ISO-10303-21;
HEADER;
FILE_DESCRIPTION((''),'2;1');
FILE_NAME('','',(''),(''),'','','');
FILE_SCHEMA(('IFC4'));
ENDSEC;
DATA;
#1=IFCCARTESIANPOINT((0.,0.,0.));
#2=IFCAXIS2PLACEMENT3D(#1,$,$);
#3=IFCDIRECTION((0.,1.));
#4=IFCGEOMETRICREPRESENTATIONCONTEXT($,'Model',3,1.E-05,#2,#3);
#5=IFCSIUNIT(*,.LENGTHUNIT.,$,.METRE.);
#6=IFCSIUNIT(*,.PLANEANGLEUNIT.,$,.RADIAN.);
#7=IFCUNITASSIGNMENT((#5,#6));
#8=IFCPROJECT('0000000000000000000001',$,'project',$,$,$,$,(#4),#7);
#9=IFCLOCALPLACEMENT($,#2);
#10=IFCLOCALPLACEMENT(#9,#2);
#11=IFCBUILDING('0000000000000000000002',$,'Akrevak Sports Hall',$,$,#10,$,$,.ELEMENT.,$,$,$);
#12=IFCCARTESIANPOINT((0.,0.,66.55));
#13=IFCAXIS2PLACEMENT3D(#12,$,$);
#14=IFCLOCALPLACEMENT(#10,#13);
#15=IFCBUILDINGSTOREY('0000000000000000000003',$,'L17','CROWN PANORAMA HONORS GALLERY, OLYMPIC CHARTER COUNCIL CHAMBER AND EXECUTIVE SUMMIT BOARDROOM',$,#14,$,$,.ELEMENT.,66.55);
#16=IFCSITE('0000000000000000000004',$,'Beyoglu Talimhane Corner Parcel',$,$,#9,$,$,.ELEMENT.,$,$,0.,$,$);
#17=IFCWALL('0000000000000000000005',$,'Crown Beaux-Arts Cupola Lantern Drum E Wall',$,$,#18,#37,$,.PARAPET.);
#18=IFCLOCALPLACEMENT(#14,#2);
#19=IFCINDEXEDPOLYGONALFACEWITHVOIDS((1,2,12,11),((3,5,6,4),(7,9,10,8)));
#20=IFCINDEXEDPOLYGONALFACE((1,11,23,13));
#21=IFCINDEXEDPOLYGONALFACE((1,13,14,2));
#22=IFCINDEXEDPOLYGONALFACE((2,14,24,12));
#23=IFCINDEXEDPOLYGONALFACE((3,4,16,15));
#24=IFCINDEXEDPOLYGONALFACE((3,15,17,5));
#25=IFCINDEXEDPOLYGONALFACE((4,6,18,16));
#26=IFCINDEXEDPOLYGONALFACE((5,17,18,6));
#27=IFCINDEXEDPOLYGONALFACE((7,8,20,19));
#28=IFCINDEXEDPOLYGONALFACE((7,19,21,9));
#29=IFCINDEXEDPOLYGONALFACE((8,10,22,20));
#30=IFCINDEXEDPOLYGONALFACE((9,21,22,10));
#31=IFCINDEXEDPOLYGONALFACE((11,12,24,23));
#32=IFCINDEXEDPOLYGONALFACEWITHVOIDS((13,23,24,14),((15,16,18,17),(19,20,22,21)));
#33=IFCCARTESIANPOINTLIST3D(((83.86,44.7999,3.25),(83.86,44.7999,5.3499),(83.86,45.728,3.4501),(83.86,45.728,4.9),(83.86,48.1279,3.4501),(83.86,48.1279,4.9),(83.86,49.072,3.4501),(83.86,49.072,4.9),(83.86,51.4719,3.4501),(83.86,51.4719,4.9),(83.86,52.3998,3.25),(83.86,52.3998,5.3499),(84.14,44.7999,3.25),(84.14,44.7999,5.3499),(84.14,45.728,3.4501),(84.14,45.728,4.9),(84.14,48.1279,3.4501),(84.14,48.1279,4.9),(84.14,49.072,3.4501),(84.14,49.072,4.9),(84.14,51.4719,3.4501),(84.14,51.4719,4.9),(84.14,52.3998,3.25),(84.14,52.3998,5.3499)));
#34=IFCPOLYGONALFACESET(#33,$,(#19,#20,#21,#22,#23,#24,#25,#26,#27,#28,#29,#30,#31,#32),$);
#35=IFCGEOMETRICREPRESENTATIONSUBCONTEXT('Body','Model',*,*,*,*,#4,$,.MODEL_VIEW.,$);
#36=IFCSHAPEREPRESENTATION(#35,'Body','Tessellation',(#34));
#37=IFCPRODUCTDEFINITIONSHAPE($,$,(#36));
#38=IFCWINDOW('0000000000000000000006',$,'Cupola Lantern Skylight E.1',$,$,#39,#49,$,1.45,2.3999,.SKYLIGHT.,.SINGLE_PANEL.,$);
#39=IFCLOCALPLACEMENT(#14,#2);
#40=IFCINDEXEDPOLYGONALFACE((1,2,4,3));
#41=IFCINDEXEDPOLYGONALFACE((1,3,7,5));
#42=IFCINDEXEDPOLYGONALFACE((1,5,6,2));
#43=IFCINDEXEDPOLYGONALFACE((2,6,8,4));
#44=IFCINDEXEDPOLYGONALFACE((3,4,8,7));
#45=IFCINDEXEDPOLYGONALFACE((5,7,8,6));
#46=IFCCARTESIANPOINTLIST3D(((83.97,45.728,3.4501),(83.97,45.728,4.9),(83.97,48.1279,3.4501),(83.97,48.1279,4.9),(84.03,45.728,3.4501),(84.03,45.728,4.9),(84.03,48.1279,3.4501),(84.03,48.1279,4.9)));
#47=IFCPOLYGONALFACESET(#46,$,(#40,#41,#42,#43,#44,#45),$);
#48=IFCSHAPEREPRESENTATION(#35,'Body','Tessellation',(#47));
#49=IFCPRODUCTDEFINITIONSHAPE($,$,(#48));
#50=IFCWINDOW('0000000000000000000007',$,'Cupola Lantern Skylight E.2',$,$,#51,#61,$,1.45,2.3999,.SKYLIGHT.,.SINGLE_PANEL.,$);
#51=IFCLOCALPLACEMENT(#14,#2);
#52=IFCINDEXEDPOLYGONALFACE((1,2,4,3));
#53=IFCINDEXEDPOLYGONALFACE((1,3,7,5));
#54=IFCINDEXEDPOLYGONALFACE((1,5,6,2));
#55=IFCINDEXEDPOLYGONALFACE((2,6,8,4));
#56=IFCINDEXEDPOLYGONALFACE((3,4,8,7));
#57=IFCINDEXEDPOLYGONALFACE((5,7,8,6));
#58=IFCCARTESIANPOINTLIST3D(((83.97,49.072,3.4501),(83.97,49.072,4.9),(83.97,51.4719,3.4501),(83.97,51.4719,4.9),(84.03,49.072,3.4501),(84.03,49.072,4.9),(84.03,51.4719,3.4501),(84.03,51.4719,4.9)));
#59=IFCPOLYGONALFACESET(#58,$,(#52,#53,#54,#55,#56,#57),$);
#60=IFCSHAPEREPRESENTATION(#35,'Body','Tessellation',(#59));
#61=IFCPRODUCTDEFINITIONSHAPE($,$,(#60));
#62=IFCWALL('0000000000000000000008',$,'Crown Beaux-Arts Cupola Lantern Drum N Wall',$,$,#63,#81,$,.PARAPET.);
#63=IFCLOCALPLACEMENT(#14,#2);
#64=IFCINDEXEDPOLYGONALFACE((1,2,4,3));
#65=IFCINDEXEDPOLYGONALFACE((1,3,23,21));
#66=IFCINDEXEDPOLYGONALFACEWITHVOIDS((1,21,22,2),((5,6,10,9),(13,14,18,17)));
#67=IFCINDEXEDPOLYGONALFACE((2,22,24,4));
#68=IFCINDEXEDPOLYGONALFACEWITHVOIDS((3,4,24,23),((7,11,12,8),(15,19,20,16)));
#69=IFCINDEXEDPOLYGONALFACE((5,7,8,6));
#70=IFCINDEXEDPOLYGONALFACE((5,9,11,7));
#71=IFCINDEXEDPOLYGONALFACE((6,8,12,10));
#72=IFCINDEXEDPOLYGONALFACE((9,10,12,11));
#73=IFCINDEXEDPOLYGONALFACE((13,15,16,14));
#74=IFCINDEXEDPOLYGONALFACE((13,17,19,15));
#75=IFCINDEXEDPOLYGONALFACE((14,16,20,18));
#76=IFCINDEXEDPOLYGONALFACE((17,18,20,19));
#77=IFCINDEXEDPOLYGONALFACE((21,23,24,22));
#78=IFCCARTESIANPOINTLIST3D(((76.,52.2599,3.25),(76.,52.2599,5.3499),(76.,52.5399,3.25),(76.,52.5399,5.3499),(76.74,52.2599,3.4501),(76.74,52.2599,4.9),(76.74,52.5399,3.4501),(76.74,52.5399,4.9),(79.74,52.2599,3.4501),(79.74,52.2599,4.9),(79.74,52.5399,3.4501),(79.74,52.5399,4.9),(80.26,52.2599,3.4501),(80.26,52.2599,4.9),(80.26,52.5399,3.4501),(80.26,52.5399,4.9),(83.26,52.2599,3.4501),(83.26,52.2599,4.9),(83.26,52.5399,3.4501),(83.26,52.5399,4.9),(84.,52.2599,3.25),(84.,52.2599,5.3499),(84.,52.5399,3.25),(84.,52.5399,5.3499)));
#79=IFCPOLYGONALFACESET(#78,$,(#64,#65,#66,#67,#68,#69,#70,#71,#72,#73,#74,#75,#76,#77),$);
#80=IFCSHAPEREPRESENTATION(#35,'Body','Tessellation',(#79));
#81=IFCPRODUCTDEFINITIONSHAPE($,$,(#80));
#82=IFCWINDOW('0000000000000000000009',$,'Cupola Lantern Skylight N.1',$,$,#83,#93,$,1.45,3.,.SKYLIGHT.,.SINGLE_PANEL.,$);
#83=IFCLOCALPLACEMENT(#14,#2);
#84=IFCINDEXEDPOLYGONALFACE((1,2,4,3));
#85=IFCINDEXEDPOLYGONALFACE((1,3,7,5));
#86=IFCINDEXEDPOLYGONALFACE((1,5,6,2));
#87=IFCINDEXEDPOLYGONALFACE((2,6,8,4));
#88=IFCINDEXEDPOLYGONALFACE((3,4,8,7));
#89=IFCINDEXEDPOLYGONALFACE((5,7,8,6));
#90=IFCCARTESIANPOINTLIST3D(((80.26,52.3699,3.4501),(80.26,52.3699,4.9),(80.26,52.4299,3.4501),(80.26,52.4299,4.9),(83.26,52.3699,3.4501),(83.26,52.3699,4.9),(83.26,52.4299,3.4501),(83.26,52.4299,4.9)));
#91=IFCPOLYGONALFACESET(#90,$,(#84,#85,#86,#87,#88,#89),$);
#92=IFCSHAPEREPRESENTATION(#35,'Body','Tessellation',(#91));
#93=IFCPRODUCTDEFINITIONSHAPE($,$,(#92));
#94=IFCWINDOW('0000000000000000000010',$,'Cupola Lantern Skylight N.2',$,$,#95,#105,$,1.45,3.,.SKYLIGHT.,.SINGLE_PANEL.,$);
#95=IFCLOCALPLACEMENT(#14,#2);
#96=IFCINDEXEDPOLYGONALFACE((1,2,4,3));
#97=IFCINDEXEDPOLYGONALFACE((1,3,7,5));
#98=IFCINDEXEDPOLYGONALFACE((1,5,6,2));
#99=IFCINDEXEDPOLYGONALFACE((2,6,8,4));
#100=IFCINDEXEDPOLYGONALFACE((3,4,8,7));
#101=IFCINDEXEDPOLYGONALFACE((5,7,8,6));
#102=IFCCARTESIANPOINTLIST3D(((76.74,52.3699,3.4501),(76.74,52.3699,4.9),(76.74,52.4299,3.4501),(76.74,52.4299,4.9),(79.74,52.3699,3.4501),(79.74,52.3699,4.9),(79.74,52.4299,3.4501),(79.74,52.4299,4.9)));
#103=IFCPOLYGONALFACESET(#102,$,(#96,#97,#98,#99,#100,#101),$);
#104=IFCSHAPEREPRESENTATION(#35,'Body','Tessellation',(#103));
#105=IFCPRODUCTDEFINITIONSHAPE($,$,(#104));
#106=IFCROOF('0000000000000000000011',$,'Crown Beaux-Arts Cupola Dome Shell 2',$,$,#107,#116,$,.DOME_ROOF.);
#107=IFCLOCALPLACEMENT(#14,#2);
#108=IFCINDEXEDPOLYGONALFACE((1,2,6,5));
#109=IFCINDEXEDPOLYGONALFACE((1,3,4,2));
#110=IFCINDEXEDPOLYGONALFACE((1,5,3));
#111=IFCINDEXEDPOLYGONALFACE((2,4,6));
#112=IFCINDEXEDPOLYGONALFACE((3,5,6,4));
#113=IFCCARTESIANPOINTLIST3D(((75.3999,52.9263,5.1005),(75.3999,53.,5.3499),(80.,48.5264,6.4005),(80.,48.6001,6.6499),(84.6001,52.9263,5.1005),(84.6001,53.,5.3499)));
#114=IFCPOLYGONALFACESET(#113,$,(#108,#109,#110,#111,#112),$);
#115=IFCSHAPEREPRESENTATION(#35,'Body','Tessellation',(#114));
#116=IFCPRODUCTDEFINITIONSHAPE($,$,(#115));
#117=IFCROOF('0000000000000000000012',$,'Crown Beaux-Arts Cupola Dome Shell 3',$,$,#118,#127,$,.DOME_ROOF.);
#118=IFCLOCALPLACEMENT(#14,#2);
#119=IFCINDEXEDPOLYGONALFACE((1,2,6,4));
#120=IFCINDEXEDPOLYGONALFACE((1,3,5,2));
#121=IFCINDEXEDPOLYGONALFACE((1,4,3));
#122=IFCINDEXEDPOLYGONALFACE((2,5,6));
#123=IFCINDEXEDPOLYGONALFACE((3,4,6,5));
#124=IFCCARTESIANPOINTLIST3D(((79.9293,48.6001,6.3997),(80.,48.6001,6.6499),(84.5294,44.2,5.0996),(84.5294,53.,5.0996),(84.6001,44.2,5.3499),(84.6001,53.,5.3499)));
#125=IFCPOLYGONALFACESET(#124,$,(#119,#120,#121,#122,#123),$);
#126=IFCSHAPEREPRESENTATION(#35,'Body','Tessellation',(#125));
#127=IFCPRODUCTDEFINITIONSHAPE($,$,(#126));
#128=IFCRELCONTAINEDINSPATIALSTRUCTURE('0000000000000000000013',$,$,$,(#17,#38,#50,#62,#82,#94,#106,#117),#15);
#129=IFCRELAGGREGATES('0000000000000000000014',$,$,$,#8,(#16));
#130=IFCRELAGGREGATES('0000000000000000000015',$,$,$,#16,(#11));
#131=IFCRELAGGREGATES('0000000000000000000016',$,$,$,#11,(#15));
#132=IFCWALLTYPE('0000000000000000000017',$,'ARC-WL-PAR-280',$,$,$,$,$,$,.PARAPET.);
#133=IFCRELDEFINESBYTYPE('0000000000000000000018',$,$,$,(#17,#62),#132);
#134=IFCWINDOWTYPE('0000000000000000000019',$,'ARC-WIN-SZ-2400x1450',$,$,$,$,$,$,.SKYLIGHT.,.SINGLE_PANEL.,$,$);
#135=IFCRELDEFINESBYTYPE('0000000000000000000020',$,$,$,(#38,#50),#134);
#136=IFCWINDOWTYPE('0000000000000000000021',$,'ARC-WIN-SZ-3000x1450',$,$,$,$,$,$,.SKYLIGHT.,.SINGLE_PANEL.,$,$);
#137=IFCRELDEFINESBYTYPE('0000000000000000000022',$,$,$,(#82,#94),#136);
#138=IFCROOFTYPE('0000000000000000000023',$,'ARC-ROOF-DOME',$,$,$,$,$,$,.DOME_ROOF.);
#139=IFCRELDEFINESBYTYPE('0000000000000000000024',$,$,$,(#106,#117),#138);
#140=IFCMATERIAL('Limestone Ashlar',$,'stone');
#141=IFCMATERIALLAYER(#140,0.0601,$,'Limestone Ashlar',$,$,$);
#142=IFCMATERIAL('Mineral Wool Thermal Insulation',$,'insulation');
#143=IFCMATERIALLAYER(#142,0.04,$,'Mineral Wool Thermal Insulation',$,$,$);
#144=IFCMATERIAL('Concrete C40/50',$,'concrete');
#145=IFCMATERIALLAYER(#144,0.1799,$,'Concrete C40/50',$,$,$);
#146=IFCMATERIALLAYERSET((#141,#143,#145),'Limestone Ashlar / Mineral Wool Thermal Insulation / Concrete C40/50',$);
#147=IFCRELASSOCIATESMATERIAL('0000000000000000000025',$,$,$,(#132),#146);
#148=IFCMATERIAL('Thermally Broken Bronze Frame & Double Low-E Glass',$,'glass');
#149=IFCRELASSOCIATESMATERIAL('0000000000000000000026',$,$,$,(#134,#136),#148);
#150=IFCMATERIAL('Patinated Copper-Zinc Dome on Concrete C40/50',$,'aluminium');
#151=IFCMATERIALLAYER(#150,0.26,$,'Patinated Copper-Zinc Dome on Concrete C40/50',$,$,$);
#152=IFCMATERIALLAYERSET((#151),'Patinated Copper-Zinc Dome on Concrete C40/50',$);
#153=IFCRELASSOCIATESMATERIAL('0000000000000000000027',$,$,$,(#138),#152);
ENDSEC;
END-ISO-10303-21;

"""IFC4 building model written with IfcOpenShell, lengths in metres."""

from ifc_helpers import new_model, si_unit, direction, frame, frame_2d, origin, place, context, subcontext, project, spatial, polyline, rectangle, outline, extrude, material, layer, layer_set, type_object, element, fill, save


model = new_model("IFC4")

# Units and contexts
model_context = context("Model", 3, precision=1e-05, world=origin(), true_north=direction((0.0, 1.0)))
body_context = subcontext(model_context, "Body", "Model", "MODEL_VIEW")
ifc_project = project(units=[si_unit("LENGTHUNIT", "METRE"), si_unit("PLANEANGLEUNIT", "RADIAN")], contexts=[model_context])

# Site, building, storey
site_placement = place(None, origin())
site = spatial("IfcSite", under=ifc_project, at=site_placement, Name="Beyoglu Talimhane Corner Parcel", CompositionType="ELEMENT", RefElevation=0.0)
building_placement = place(site_placement, origin())
building = spatial("IfcBuilding", under=site, at=building_placement, Name="Akrevak Sports Hall", CompositionType="ELEMENT")
storey_placement = place(building_placement, frame((0.0, 0.0, 66.55)))
storey = spatial("IfcBuildingStorey", under=building, at=storey_placement, Name="L17", Description="CROWN PANORAMA HONORS GALLERY, OLYMPIC CHARTER COUNCIL CHAMBER AND EXECUTIVE SUMMIT BOARDROOM", CompositionType="ELEMENT", Elevation=66.55)

# Shared definitions
ifc_material_1 = material(Name="Concrete C40/50", Category="concrete")

# Walls, openings, windows
ifc_material_2 = material(Name="Limestone Ashlar", Category="stone")
ifc_layer_1 = layer(ifc_material_2, 0.0601, Name="Limestone Ashlar")
ifc_material_3 = material(Name="Mineral Wool Thermal Insulation", Category="insulation")
ifc_layer_2 = layer(ifc_material_3, 0.04, Name="Mineral Wool Thermal Insulation")
ifc_layer_3 = layer(ifc_material_1, 0.1799, Name="Concrete C40/50")
ifc_layer_set_1 = layer_set([ifc_layer_1, ifc_layer_2, ifc_layer_3], Name="Limestone Ashlar / Mineral Wool Thermal Insulation / Concrete C40/50")
wall_type = type_object("IfcWallType", Name="ARC-WL-PAR-280", PredefinedType="PARAPET", material=ifc_layer_set_1)
wall_1_placement = place(storey_placement, frame((84.0, 44.8, 3.25), z_axis=(0.0, 0.0, 1.0), x_axis=(0.0, 1.0, 0.0)))
wall_1 = element("IfcWall", 1, at=wall_1_placement, inside=storey, type_object=wall_type, Name="Crown Beaux-Arts Cupola Lantern Drum E Wall", PredefinedType="PARAPET", context=body_context, shape_type="SweptSolid", body=[
    extrude(rectangle(XDim=7.5999, YDim=0.28, at=frame_2d((3.7998, 0.0))), origin(), (0.0, 0.0, 1.0), 2.0999),
])
opening_1_placement = place(wall_1_placement, frame((0.928, 0.0, 0.2)))
opening_1 = element("IfcOpeningElement", 2, at=opening_1_placement, cuts=wall_1, PredefinedType="OPENING", context=body_context, shape_type="SweptSolid", body=[
    extrude(rectangle(XDim=2.3999, YDim=1.45, at=frame_2d((1.2, 0.7251))), frame((0.0, 0.1519, 0.0), z_axis=(0.0, -1.0, 0.0), x_axis=(1.0, 0.0, 0.0)), (0.0, 0.0, 1.0), 0.304),
])
opening_2_placement = place(wall_1_placement, frame((4.272, 0.0, 0.2)))
opening_2 = element("IfcOpeningElement", 3, at=opening_2_placement, cuts=wall_1, PredefinedType="OPENING", context=body_context, shape_type="SweptSolid", body=[
    extrude(rectangle(XDim=2.3999, YDim=1.45, at=frame_2d((1.2, 0.7251))), frame((0.0, 0.1519, 0.0), z_axis=(0.0, -1.0, 0.0), x_axis=(1.0, 0.0, 0.0)), (0.0, 0.0, 1.0), 0.304),
])
ifc_material_4 = material(Name="Thermally Broken Bronze Frame & Double Low-E Glass", Category="glass")
window_type_1 = type_object("IfcWindowType", Name="ARC-WIN-SZ-2400x1450", PartitioningType="SINGLE_PANEL", PredefinedType="SKYLIGHT", material=ifc_material_4)
window_1_placement = place(opening_1_placement, origin())
window_1 = element("IfcWindow", 4, at=window_1_placement, inside=storey, type_object=window_type_1, Name="Cupola Lantern Skylight E.1", OverallHeight=1.45, OverallWidth=2.3999, PartitioningType="SINGLE_PANEL", PredefinedType="SKYLIGHT", context=body_context, shape_type="SweptSolid", body=[
    extrude(rectangle(XDim=2.3999, YDim=1.45, at=frame_2d((1.2, 0.7251))), frame((0.0, 0.03, 0.0), z_axis=(0.0, -1.0, 0.0), x_axis=(1.0, 0.0, 0.0)), (0.0, 0.0, 1.0), 0.0601),
])
fill(opening_1, window_1)
window_2_placement = place(opening_2_placement, origin())
window_2 = element("IfcWindow", 5, at=window_2_placement, inside=storey, type_object=window_type_1, Name="Cupola Lantern Skylight E.2", OverallHeight=1.45, OverallWidth=2.3999, PartitioningType="SINGLE_PANEL", PredefinedType="SKYLIGHT", context=body_context, shape_type="SweptSolid", body=[
    extrude(rectangle(XDim=2.3999, YDim=1.45, at=frame_2d((1.2, 0.7251))), frame((0.0, 0.03, 0.0), z_axis=(0.0, -1.0, 0.0), x_axis=(1.0, 0.0, 0.0)), (0.0, 0.0, 1.0), 0.0601),
])
fill(opening_2, window_2)
wall_2_placement = place(storey_placement, frame((84.0, 52.3999, 3.25), z_axis=(0.0, 0.0, 1.0), x_axis=(-1.0, 0.0, 0.0)))
wall_2 = element("IfcWall", 6, at=wall_2_placement, inside=storey, type_object=wall_type, Name="Crown Beaux-Arts Cupola Lantern Drum N Wall", PredefinedType="PARAPET", context=body_context, shape_type="SweptSolid", body=[
    extrude(rectangle(XDim=8.0, YDim=0.28, at=frame_2d((4.0, 0.0))), origin(), (0.0, 0.0, 1.0), 2.0999),
])
opening_3_placement = place(wall_2_placement, frame((0.74, 0.0, 0.2)))
opening_3 = element("IfcOpeningElement", 7, at=opening_3_placement, cuts=wall_2, PredefinedType="OPENING", context=body_context, shape_type="SweptSolid", body=[
    extrude(rectangle(XDim=3.0, YDim=1.45, at=frame_2d((1.5, 0.7251))), frame((0.0, 0.1519, 0.0), z_axis=(0.0, -1.0, 0.0), x_axis=(1.0, 0.0, 0.0)), (0.0, 0.0, 1.0), 0.304),
])
opening_4_placement = place(wall_2_placement, frame((4.26, 0.0, 0.2)))
opening_4 = element("IfcOpeningElement", 8, at=opening_4_placement, cuts=wall_2, PredefinedType="OPENING", context=body_context, shape_type="SweptSolid", body=[
    extrude(rectangle(XDim=3.0, YDim=1.45, at=frame_2d((1.5, 0.7251))), frame((0.0, 0.1519, 0.0), z_axis=(0.0, -1.0, 0.0), x_axis=(1.0, 0.0, 0.0)), (0.0, 0.0, 1.0), 0.304),
])
window_type_2 = type_object("IfcWindowType", Name="ARC-WIN-SZ-3000x1450", PartitioningType="SINGLE_PANEL", PredefinedType="SKYLIGHT", material=ifc_material_4)
window_3_placement = place(opening_3_placement, origin())
window_3 = element("IfcWindow", 9, at=window_3_placement, inside=storey, type_object=window_type_2, Name="Cupola Lantern Skylight N.1", OverallHeight=1.45, OverallWidth=3.0, PartitioningType="SINGLE_PANEL", PredefinedType="SKYLIGHT", context=body_context, shape_type="SweptSolid", body=[
    extrude(rectangle(XDim=3.0, YDim=1.45, at=frame_2d((1.5, 0.7251))), frame((0.0, 0.03, 0.0), z_axis=(0.0, -1.0, 0.0), x_axis=(1.0, 0.0, 0.0)), (0.0, 0.0, 1.0), 0.0601),
])
fill(opening_3, window_3)
window_4_placement = place(opening_4_placement, origin())
window_4 = element("IfcWindow", 10, at=window_4_placement, inside=storey, type_object=window_type_2, Name="Cupola Lantern Skylight N.2", OverallHeight=1.45, OverallWidth=3.0, PartitioningType="SINGLE_PANEL", PredefinedType="SKYLIGHT", context=body_context, shape_type="SweptSolid", body=[
    extrude(rectangle(XDim=3.0, YDim=1.45, at=frame_2d((1.5, 0.7251))), frame((0.0, 0.03, 0.0), z_axis=(0.0, -1.0, 0.0), x_axis=(1.0, 0.0, 0.0)), (0.0, 0.0, 1.0), 0.0601),
])
fill(opening_4, window_4)

# Roofs
ifc_material_5 = material(Name="Patinated Copper-Zinc Dome on Concrete C40/50", Category="aluminium")
ifc_layer_4 = layer(ifc_material_5, 0.26, Name="Patinated Copper-Zinc Dome on Concrete C40/50")
ifc_layer_set_2 = layer_set([ifc_layer_4], Name="Patinated Copper-Zinc Dome on Concrete C40/50")
roof_type = type_object("IfcRoofType", Name="ARC-ROOF-DOME", PredefinedType="DOME_ROOF", material=ifc_layer_set_2)
roof_1_placement = place(storey_placement, frame((84.6001, 53.0, 5.3499), z_axis=(0.0, 0.283362, 0.959013), x_axis=(-1.0, 0.0, 0.0)))
element("IfcRoof", 11, at=roof_1_placement, inside=storey, type_object=roof_type, Name="Crown Beaux-Arts Cupola Dome Shell 2", PredefinedType="DOME_ROOF", context=body_context, shape_type="SweptSolid", body=[
    extrude(outline(polyline([(0.0, 0.0), (9.2002, 0.0), (4.6001, 4.5879), (0.0, 0.0)])), origin(), (0.0, 0.0, -1.0), 0.26),
])
roof_2_placement = place(storey_placement, frame((84.6001, 44.2, 5.3499), z_axis=(0.271961, 0.0, 0.962308), x_axis=(0.0, 1.0, 0.0)))
element("IfcRoof", 12, at=roof_2_placement, inside=storey, type_object=roof_type, Name="Crown Beaux-Arts Cupola Dome Shell 3", PredefinedType="DOME_ROOF", context=body_context, shape_type="SweptSolid", body=[
    extrude(outline(polyline([(0.0, 0.0), (8.8, 0.0), (4.4001, 4.7803), (0.0, 0.0)])), origin(), (0.0, 0.0, -1.0), 0.26),
])

save(model, "model.ifc")
